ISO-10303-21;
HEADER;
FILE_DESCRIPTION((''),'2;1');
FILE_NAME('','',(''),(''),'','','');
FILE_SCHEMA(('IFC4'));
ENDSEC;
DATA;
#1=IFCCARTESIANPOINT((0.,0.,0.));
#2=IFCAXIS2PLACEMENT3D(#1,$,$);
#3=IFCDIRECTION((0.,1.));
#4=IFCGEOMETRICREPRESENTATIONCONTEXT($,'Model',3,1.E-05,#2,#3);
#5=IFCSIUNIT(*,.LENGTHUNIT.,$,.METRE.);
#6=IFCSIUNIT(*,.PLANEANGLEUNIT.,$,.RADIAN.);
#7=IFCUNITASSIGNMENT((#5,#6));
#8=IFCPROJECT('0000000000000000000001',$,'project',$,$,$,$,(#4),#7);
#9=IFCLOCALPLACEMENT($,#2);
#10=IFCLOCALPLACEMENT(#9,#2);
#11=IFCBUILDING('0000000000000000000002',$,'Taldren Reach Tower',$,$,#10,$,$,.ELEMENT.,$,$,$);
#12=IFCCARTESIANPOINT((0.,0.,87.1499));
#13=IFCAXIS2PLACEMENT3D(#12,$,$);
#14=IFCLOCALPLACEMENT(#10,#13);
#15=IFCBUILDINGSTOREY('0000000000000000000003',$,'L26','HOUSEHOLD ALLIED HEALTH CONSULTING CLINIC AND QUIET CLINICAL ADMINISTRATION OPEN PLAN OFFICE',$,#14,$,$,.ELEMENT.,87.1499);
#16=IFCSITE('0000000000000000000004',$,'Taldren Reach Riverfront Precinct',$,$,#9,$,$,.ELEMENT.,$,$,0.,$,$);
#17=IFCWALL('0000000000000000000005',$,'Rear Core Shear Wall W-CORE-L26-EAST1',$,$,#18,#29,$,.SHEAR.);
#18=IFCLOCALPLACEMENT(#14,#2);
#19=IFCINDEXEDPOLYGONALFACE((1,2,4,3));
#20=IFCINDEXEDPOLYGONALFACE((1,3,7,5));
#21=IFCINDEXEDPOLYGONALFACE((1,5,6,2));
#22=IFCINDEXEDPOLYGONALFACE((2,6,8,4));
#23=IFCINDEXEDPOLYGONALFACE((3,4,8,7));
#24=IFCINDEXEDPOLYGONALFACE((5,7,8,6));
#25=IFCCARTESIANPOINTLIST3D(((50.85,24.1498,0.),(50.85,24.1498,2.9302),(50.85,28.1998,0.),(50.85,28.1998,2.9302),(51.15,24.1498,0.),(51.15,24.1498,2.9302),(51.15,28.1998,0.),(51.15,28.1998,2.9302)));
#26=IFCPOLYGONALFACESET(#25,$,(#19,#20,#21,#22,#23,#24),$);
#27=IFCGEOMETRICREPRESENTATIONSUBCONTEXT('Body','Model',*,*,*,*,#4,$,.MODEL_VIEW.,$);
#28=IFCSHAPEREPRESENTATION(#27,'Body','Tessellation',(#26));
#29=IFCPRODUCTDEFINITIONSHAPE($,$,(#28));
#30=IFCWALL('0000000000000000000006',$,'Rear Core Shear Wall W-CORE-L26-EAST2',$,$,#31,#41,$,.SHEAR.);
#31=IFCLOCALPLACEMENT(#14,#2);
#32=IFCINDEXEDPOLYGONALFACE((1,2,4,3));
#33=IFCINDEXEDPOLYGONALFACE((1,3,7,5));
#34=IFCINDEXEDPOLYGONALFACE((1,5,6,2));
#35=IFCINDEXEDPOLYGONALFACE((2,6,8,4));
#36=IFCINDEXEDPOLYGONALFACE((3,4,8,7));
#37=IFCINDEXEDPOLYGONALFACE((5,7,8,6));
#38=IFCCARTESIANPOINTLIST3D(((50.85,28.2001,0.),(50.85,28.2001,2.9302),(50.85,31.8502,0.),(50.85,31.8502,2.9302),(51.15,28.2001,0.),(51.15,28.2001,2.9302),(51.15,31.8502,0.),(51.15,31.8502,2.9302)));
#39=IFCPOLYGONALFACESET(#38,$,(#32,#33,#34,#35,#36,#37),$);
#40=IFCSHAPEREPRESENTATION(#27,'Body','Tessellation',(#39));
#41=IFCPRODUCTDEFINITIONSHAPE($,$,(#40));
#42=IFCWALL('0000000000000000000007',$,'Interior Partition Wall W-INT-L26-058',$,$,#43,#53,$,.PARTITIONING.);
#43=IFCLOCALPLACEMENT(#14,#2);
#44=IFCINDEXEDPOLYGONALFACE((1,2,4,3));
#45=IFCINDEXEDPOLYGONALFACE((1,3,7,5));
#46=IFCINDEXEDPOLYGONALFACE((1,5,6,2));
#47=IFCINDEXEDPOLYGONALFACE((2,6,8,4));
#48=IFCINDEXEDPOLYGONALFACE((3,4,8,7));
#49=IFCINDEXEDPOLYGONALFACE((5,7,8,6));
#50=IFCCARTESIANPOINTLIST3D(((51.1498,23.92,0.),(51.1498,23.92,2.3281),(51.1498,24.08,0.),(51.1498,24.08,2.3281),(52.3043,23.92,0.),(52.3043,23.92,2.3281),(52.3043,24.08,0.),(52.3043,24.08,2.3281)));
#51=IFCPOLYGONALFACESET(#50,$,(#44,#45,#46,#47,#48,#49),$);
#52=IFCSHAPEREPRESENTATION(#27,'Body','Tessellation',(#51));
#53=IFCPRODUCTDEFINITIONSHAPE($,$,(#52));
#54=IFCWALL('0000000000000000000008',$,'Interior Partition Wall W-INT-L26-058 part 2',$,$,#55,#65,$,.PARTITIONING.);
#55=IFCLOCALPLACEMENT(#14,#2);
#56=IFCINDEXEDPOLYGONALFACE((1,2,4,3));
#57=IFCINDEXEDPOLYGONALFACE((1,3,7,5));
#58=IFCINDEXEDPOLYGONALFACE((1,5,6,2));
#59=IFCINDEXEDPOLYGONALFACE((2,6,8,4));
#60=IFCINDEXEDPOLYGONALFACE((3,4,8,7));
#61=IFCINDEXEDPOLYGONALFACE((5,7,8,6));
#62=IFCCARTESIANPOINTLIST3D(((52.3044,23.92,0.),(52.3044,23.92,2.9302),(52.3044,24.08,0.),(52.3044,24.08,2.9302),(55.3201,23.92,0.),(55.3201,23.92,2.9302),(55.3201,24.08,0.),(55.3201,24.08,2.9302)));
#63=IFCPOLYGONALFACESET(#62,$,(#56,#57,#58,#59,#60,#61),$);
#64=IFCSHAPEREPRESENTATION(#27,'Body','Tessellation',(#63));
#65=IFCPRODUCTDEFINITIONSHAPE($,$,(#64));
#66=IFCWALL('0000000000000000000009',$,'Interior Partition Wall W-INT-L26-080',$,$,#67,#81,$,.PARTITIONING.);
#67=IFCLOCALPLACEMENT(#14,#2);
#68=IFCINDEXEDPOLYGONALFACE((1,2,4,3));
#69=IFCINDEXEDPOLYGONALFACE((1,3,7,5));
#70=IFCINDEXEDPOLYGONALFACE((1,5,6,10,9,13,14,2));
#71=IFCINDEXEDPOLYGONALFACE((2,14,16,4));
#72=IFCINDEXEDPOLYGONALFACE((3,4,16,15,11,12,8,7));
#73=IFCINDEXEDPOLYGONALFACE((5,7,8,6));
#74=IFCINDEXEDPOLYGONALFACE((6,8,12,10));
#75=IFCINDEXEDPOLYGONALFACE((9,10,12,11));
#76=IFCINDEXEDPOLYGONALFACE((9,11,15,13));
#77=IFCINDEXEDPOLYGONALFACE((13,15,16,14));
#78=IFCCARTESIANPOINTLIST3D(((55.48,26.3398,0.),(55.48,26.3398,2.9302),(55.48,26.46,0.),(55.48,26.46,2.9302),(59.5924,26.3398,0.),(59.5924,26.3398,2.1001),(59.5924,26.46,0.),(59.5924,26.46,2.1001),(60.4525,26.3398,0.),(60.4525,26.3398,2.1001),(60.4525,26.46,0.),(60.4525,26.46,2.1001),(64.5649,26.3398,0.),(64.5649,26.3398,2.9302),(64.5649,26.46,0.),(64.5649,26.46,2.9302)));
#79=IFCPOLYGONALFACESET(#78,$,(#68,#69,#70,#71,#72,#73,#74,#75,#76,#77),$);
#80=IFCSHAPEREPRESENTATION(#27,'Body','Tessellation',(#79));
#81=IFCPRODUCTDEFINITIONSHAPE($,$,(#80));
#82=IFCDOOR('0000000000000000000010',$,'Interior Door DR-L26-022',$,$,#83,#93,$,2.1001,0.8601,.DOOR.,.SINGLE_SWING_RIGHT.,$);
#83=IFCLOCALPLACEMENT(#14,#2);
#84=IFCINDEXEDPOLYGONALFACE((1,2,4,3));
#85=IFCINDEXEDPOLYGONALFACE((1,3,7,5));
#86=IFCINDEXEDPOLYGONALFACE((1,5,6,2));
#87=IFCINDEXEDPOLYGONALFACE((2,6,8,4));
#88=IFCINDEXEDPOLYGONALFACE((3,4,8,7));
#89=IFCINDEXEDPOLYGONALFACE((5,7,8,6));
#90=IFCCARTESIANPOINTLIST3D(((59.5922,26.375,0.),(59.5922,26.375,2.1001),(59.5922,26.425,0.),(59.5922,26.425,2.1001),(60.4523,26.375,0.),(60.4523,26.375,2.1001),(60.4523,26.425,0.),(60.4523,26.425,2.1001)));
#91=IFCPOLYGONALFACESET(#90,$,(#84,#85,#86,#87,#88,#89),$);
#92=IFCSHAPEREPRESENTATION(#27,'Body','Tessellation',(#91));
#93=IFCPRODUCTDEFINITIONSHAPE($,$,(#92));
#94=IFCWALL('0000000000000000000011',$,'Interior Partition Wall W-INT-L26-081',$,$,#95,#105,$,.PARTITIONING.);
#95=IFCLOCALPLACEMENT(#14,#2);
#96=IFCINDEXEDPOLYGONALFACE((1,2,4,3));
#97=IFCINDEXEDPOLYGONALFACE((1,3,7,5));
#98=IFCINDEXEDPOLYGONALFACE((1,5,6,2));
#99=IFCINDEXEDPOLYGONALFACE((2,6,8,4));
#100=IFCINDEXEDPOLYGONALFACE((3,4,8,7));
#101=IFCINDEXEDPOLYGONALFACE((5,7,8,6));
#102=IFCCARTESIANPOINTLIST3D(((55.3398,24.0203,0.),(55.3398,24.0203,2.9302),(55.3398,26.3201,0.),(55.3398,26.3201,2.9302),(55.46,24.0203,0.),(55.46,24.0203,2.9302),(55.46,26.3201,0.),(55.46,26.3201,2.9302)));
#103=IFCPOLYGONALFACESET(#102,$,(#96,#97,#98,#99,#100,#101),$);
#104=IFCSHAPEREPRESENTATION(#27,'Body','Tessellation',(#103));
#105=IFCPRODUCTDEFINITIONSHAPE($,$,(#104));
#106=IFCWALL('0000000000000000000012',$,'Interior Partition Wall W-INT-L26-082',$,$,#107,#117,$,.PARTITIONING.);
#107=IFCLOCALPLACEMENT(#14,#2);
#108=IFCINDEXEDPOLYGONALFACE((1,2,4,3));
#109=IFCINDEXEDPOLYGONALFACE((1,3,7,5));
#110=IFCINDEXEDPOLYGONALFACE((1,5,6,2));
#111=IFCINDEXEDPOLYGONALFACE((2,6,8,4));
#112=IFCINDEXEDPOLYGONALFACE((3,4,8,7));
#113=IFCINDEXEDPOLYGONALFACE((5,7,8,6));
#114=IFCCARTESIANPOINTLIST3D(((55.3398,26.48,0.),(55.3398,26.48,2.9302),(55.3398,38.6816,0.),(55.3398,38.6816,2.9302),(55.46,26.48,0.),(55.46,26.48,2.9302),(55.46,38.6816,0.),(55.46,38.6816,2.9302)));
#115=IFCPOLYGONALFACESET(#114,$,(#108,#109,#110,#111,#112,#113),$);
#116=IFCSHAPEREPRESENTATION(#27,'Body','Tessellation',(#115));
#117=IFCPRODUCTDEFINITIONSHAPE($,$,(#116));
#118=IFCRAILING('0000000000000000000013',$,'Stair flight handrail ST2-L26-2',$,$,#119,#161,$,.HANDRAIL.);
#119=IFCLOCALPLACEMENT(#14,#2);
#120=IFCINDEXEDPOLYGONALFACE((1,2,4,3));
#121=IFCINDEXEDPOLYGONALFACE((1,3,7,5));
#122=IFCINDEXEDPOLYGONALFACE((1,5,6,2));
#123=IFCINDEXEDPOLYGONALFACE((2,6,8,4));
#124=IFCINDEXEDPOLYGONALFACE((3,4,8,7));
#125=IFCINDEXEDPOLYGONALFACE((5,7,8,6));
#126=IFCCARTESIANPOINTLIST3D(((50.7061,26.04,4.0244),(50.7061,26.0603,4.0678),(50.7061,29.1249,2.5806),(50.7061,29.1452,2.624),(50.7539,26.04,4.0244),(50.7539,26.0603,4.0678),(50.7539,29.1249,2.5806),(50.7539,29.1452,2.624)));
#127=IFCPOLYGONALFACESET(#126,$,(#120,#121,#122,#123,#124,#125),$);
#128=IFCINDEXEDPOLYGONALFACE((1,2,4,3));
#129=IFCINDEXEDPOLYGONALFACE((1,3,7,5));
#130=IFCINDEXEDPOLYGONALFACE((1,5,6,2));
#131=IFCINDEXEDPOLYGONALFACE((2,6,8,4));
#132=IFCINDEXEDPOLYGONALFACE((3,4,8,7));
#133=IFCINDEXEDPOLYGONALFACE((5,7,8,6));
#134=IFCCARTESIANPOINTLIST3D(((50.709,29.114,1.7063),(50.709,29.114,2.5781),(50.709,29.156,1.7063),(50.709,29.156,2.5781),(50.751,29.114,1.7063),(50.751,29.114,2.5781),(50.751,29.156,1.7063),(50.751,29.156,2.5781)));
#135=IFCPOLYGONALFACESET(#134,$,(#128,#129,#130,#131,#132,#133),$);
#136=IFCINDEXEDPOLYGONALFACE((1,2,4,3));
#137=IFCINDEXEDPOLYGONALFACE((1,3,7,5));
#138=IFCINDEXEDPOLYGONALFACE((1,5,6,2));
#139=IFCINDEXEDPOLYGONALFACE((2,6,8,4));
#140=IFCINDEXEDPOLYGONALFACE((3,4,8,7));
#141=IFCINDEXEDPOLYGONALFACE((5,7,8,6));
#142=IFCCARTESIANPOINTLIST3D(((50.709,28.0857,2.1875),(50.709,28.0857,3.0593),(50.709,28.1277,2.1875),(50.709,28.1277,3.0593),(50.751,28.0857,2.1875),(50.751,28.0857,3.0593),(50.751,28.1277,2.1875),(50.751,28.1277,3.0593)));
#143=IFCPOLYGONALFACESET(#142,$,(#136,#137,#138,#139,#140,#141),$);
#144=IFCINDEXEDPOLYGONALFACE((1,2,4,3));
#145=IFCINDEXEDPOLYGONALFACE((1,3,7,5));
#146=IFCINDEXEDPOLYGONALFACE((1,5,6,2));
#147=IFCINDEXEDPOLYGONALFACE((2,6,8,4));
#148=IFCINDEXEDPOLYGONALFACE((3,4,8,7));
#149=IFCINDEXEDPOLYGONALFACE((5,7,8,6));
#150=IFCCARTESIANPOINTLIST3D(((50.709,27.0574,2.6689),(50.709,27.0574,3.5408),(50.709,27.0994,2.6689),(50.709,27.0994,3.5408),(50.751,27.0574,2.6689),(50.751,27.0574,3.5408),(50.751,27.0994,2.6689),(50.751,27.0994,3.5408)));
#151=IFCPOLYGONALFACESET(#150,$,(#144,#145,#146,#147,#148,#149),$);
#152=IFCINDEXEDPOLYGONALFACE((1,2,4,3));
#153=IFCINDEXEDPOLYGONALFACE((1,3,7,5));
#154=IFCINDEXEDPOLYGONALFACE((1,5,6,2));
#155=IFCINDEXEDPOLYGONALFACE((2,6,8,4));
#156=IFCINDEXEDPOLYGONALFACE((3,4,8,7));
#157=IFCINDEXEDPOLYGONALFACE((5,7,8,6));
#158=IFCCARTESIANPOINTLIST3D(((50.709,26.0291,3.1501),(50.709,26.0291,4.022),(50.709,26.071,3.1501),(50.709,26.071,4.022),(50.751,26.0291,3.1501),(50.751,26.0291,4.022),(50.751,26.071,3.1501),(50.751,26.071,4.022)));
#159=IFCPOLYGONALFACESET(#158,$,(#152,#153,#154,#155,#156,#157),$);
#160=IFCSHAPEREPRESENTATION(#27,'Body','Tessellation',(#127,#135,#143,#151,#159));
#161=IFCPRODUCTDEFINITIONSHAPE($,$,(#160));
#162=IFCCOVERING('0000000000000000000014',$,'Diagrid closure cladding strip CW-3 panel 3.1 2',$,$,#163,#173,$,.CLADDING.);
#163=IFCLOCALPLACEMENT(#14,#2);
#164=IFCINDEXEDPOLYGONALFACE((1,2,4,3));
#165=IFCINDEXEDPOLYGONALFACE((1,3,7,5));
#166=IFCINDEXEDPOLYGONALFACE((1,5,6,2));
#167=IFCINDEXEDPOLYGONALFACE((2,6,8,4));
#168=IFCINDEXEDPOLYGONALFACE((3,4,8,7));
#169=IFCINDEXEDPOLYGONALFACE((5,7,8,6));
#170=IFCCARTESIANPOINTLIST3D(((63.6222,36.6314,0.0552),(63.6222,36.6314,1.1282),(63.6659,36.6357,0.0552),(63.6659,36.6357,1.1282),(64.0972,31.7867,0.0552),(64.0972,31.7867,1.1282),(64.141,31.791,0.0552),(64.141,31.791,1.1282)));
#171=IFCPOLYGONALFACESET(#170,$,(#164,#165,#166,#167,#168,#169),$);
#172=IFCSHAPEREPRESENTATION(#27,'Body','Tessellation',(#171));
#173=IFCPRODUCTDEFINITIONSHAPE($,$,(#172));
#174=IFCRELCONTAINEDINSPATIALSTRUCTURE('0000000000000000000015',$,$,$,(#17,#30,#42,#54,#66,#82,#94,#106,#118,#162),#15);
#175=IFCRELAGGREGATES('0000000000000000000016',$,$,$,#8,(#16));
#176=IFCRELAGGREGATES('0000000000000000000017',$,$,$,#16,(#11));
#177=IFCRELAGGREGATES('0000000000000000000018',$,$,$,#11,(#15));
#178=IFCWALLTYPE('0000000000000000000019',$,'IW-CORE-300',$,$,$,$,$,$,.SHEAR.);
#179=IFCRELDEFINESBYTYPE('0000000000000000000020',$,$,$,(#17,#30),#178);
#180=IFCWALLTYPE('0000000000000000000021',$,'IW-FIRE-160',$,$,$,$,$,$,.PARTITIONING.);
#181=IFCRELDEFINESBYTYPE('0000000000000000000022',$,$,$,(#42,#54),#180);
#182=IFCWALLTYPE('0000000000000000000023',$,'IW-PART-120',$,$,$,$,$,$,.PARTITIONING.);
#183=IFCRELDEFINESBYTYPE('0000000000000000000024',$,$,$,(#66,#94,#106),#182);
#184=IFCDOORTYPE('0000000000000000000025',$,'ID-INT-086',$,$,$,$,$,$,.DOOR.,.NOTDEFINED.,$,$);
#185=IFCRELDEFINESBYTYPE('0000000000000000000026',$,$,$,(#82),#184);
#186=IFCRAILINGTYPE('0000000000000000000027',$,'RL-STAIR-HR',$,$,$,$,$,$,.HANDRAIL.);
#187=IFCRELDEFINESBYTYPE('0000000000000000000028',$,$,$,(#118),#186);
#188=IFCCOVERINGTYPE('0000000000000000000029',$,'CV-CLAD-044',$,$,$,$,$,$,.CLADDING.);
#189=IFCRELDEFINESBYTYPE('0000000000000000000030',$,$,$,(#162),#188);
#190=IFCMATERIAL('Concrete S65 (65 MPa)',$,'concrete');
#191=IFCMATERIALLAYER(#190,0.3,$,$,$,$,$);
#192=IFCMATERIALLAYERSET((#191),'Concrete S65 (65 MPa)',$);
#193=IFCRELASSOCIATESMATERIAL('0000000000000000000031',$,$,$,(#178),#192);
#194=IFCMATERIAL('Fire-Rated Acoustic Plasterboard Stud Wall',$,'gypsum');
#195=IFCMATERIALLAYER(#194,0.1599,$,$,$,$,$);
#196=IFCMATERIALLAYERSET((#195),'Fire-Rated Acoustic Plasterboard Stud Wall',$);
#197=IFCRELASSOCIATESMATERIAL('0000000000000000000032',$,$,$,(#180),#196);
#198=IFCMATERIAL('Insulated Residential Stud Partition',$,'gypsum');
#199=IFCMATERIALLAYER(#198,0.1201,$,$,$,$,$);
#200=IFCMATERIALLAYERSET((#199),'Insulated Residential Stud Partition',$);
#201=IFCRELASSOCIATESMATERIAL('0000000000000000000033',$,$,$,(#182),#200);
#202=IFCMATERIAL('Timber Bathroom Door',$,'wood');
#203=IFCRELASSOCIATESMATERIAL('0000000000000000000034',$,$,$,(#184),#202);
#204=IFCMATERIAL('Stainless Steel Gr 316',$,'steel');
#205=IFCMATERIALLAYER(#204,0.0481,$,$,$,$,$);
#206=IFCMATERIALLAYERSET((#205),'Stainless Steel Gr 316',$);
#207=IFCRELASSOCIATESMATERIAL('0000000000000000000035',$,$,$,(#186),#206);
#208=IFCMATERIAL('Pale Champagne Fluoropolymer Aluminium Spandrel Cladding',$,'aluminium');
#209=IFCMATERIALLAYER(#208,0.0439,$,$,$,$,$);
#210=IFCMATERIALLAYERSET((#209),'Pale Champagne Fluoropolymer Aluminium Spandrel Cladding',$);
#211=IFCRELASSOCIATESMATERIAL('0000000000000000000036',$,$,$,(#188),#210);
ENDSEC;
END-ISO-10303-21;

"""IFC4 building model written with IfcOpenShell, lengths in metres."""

from ifc_helpers import new_model, si_unit, direction, frame, frame_2d, origin, origin_2d, place, context, subcontext, project, spatial, rectangle, extrude, source, transform, mapped, material, layer, layer_set, type_object, element, fill, save


model = new_model("IFC4")

# Units and contexts
model_context = context("Model", 3, precision=1e-05, world=origin(), true_north=direction((0.0, 1.0)))
body_context = subcontext(model_context, "Body", "Model", "MODEL_VIEW")
ifc_project = project(units=[si_unit("LENGTHUNIT", "METRE"), si_unit("PLANEANGLEUNIT", "RADIAN")], contexts=[model_context])

# Site, building, storey
site_placement = place(None, origin())
site = spatial("IfcSite", under=ifc_project, at=site_placement, Name="Taldren Reach Riverfront Precinct", CompositionType="ELEMENT", RefElevation=0.0)
building_placement = place(site_placement, origin())
building = spatial("IfcBuilding", under=site, at=building_placement, Name="Taldren Reach Tower", CompositionType="ELEMENT")
storey_placement = place(building_placement, frame((0.0, 0.0, 87.1499)))
storey = spatial("IfcBuildingStorey", under=building, at=storey_placement, Name="L26", Description="HOUSEHOLD ALLIED HEALTH CONSULTING CLINIC AND QUIET CLINICAL ADMINISTRATION OPEN PLAN OFFICE", CompositionType="ELEMENT", Elevation=87.1499)

# Shared definitions
ifc_material_1 = material(Name="Concrete S65 (65 MPa)", Category="concrete")

# Walls
ifc_layer_1 = layer(ifc_material_1, 0.3)
ifc_layer_set_1 = layer_set([ifc_layer_1], Name="Concrete S65 (65 MPa)")
wall_type_1 = type_object("IfcWallType", Name="IW-CORE-300", PredefinedType="SHEAR", material=ifc_layer_set_1)
shared_shape_1 = source(origin(), body_context, "Body", "SweptSolid", [
    extrude(rectangle(XDim=4.05, YDim=0.3, at=frame_2d((2.0249, 0.0))), origin(), (0.0, 0.0, 1.0), 2.9302),
])
wall_1_placement = place(storey_placement, frame((51.0, 24.1499, 0.0), z_axis=(0.0, 0.0, 1.0), x_axis=(0.0, 1.0, 0.0)))
element("IfcWall", 1, at=wall_1_placement, inside=storey, type_object=wall_type_1, Name="Rear Core Shear Wall W-CORE-L26-EAST1", PredefinedType="SHEAR", context=body_context, shape_type="MappedRepresentation", body=[
    mapped(shared_shape_1, transform((0.0, 0.0, 0.0), scale=1.0)),
])
shared_shape_2 = source(origin(), body_context, "Body", "SweptSolid", [
    extrude(rectangle(XDim=3.6501, YDim=0.3, at=frame_2d((1.8252, 0.0))), origin(), (0.0, 0.0, 1.0), 2.9302),
])
wall_2_placement = place(storey_placement, frame((51.0, 28.2, 0.0), z_axis=(0.0, 0.0, 1.0), x_axis=(0.0, 1.0, 0.0)))
element("IfcWall", 2, at=wall_2_placement, inside=storey, type_object=wall_type_1, Name="Rear Core Shear Wall W-CORE-L26-EAST2", PredefinedType="SHEAR", context=body_context, shape_type="MappedRepresentation", body=[
    mapped(shared_shape_2, transform((0.0, 0.0, 0.0), scale=1.0)),
])
ifc_material_2 = material(Name="Fire-Rated Acoustic Plasterboard Stud Wall", Category="gypsum")
ifc_layer_2 = layer(ifc_material_2, 0.1599)
ifc_layer_set_2 = layer_set([ifc_layer_2], Name="Fire-Rated Acoustic Plasterboard Stud Wall")
wall_type_2 = type_object("IfcWallType", Name="IW-FIRE-160", PredefinedType="PARTITIONING", material=ifc_layer_set_2)
shared_shape_3 = source(origin(), body_context, "Body", "SweptSolid", [
    extrude(rectangle(XDim=1.1545, YDim=0.1599, at=frame_2d((0.5771, 0.0))), origin(), (0.0, 0.0, 1.0), 2.3281),
])
wall_3_placement = place(storey_placement, frame((51.1499, 24.0, 0.0), z_axis=(0.0, 0.0, 1.0), x_axis=(1.0, 0.0, 0.0)))
element("IfcWall", 3, at=wall_3_placement, inside=storey, type_object=wall_type_2, Name="Interior Partition Wall W-INT-L26-058", PredefinedType="PARTITIONING", context=body_context, shape_type="MappedRepresentation", body=[
    mapped(shared_shape_3, transform((0.0, 0.0, 0.0), scale=1.0)),
])
shared_shape_4 = source(origin(), body_context, "Body", "SweptSolid", [
    extrude(rectangle(XDim=3.0156, YDim=0.1599, at=frame_2d((1.5078, 0.0))), origin(), (0.0, 0.0, 1.0), 2.9302),
])
wall_4_placement = place(storey_placement, frame((52.3044, 24.0, 0.0), z_axis=(0.0, 0.0, 1.0), x_axis=(1.0, 0.0, 0.0)))
element("IfcWall", 4, at=wall_4_placement, inside=storey, type_object=wall_type_2, Name="Interior Partition Wall W-INT-L26-058 part 2", PredefinedType="PARTITIONING", context=body_context, shape_type="MappedRepresentation", body=[
    mapped(shared_shape_4, transform((0.0, 0.0, 0.0), scale=1.0)),
])

# Wall, opening, door
ifc_material_3 = material(Name="Insulated Residential Stud Partition", Category="gypsum")
ifc_layer_3 = layer(ifc_material_3, 0.1201)
ifc_layer_set_3 = layer_set([ifc_layer_3], Name="Insulated Residential Stud Partition")
wall_type_3 = type_object("IfcWallType", Name="IW-PART-120", PredefinedType="PARTITIONING", material=ifc_layer_set_3)
shared_shape_5 = source(origin(), body_context, "Body", "SweptSolid", [
    extrude(rectangle(XDim=9.085, YDim=0.1201, at=frame_2d((4.5425, 0.0))), origin(), (0.0, 0.0, 1.0), 2.9302),
])
wall_5_placement = place(storey_placement, frame((55.48, 26.3999, 0.0), z_axis=(0.0, 0.0, 1.0), x_axis=(1.0, 0.0, 0.0)))
wall_5 = element("IfcWall", 5, at=wall_5_placement, inside=storey, type_object=wall_type_3, Name="Interior Partition Wall W-INT-L26-080", PredefinedType="PARTITIONING", context=body_context, shape_type="MappedRepresentation", body=[
    mapped(shared_shape_5, transform((0.0, 0.0, 0.0), scale=1.0)),
])
shared_shape_6 = source(origin(), body_context, "Body", "SweptSolid", [
    extrude(rectangle(XDim=0.8601, YDim=2.1001, at=frame_2d((0.4302, 1.05))), frame((0.0, 0.0701, 0.0), z_axis=(0.0, -1.0, 0.0), x_axis=(1.0, 0.0, 0.0)), (0.0, 0.0, 1.0), 0.1401),
])
opening_placement = place(wall_5_placement, frame((4.1123, 0.0, 0.0)))
opening = element("IfcOpeningElement", 6, at=opening_placement, cuts=wall_5, PredefinedType="OPENING", context=body_context, shape_type="MappedRepresentation", body=[
    mapped(shared_shape_6, transform((0.0, 0.0, 0.0), scale=1.0)),
])
ifc_material_4 = material(Name="Timber Bathroom Door", Category="wood")
door_type = type_object("IfcDoorType", Name="ID-INT-086", OperationType="NOTDEFINED", PredefinedType="DOOR", material=ifc_material_4)
shared_shape_7 = source(origin(), body_context, "Body", "SweptSolid", [
    extrude(rectangle(XDim=0.8601, YDim=2.1001, at=frame_2d((0.4302, 1.05))), frame((0.0, 0.0249, 0.0), z_axis=(0.0, -1.0, 0.0), x_axis=(1.0, 0.0, 0.0)), (0.0, 0.0, 1.0), 0.05),
])
door_placement = place(opening_placement, frame((0.8601, 0.0, 0.0), z_axis=(0.0, 0.0, 1.0), x_axis=(-1.0, 0.0, 0.0)))
door = element("IfcDoor", 7, at=door_placement, inside=storey, type_object=door_type, Name="Interior Door DR-L26-022", OperationType="SINGLE_SWING_RIGHT", OverallHeight=2.1001, OverallWidth=0.8601, PredefinedType="DOOR", context=body_context, shape_type="MappedRepresentation", body=[
    mapped(shared_shape_7, transform((0.0, 0.0, 0.0), scale=1.0)),
])
fill(opening, door)

# Walls
shared_shape_8 = source(origin(), body_context, "Body", "SweptSolid", [
    extrude(rectangle(XDim=2.2998, YDim=0.1201, at=frame_2d((1.1499, 0.0))), origin(), (0.0, 0.0, 1.0), 2.9302),
])
wall_6_placement = place(storey_placement, frame((55.3999, 24.0203, 0.0), z_axis=(0.0, 0.0, 1.0), x_axis=(0.0, 1.0, 0.0)))
element("IfcWall", 8, at=wall_6_placement, inside=storey, type_object=wall_type_3, Name="Interior Partition Wall W-INT-L26-081", PredefinedType="PARTITIONING", context=body_context, shape_type="MappedRepresentation", body=[
    mapped(shared_shape_8, transform((0.0, 0.0, 0.0), scale=1.0)),
])
shared_shape_9 = source(origin(), body_context, "Body", "SweptSolid", [
    extrude(rectangle(XDim=12.2017, YDim=0.1201, at=frame_2d((6.1008, 0.0))), origin(), (0.0, 0.0, 1.0), 2.9302),
])
wall_7_placement = place(storey_placement, frame((55.3999, 26.48, 0.0), z_axis=(0.0, 0.0, 1.0), x_axis=(0.0, 1.0, 0.0)))
element("IfcWall", 9, at=wall_7_placement, inside=storey, type_object=wall_type_3, Name="Interior Partition Wall W-INT-L26-082", PredefinedType="PARTITIONING", context=body_context, shape_type="MappedRepresentation", body=[
    mapped(shared_shape_9, transform((0.0, 0.0, 0.0), scale=1.0)),
])

# Railing
ifc_material_5 = material(Name="Stainless Steel Gr 316", Category="steel")
ifc_layer_4 = layer(ifc_material_5, 0.0481)
ifc_layer_set_4 = layer_set([ifc_layer_4], Name="Stainless Steel Gr 316")
railing_type = type_object("IfcRailingType", Name="RL-STAIR-HR", PredefinedType="HANDRAIL", material=ifc_layer_set_4)
railing_placement = place(storey_placement, frame((50.73, 29.135, 1.7063)))
element("IfcRailing", 10, at=railing_placement, inside=storey, type_object=railing_type, Name="Stair flight handrail ST2-L26-2", PredefinedType="HANDRAIL", context=body_context, shape_type="SweptSolid", body=[
    extrude(rectangle(XDim=0.0479, YDim=0.0479, at=origin_2d()), frame((0.0, 0.0, 0.896), z_axis=(0.0, -0.90571, 0.423898), x_axis=(1.0, 0.0, 0.0)), (0.0, 0.0, 1.0), 3.406),
    extrude(rectangle(XDim=0.042, YDim=0.042, at=origin_2d()), origin(), (0.0, 0.0, 1.0), 0.8718),
    extrude(rectangle(XDim=0.042, YDim=0.042, at=origin_2d()), frame((0.0, -1.0283, 0.4812)), (0.0, 0.0, 1.0), 0.8718),
    extrude(rectangle(XDim=0.042, YDim=0.042, at=origin_2d()), frame((0.0, -2.0566, 0.9626)), (0.0, 0.0, 1.0), 0.8718),
    extrude(rectangle(XDim=0.042, YDim=0.042, at=origin_2d()), frame((0.0, -3.085, 1.4438)), (0.0, 0.0, 1.0), 0.8718),
])

# Covering
ifc_material_6 = material(Name="Pale Champagne Fluoropolymer Aluminium Spandrel Cladding", Category="aluminium")
ifc_layer_5 = layer(ifc_material_6, 0.0439)
ifc_layer_set_5 = layer_set([ifc_layer_5], Name="Pale Champagne Fluoropolymer Aluminium Spandrel Cladding")
covering_type = type_object("IfcCoveringType", Name="CV-CLAD-044", PredefinedType="CLADDING", material=ifc_layer_set_5)
shared_shape_10 = source(origin(), body_context, "Body", "SweptSolid", [
    extrude(rectangle(XDim=4.8679, YDim=0.0439, at=origin_2d()), origin(), (0.0, 0.0, 1.0), 1.073),
])
covering_1_placement = place(storey_placement, frame((63.8816, 34.2112, 0.0552), z_axis=(0.0, 0.0, 1.0), x_axis=(-0.097583, 0.995227, 0.0)))
element("IfcCovering", 11, at=covering_1_placement, inside=storey, type_object=covering_type, Name="Diagrid closure cladding strip CW-3 panel 3.1 2", PredefinedType="CLADDING", context=body_context, shape_type="MappedRepresentation", body=[
    mapped(shared_shape_10, transform((0.0, 0.0, 0.0), scale=1.0)),
])

save(model, "model.ifc")
